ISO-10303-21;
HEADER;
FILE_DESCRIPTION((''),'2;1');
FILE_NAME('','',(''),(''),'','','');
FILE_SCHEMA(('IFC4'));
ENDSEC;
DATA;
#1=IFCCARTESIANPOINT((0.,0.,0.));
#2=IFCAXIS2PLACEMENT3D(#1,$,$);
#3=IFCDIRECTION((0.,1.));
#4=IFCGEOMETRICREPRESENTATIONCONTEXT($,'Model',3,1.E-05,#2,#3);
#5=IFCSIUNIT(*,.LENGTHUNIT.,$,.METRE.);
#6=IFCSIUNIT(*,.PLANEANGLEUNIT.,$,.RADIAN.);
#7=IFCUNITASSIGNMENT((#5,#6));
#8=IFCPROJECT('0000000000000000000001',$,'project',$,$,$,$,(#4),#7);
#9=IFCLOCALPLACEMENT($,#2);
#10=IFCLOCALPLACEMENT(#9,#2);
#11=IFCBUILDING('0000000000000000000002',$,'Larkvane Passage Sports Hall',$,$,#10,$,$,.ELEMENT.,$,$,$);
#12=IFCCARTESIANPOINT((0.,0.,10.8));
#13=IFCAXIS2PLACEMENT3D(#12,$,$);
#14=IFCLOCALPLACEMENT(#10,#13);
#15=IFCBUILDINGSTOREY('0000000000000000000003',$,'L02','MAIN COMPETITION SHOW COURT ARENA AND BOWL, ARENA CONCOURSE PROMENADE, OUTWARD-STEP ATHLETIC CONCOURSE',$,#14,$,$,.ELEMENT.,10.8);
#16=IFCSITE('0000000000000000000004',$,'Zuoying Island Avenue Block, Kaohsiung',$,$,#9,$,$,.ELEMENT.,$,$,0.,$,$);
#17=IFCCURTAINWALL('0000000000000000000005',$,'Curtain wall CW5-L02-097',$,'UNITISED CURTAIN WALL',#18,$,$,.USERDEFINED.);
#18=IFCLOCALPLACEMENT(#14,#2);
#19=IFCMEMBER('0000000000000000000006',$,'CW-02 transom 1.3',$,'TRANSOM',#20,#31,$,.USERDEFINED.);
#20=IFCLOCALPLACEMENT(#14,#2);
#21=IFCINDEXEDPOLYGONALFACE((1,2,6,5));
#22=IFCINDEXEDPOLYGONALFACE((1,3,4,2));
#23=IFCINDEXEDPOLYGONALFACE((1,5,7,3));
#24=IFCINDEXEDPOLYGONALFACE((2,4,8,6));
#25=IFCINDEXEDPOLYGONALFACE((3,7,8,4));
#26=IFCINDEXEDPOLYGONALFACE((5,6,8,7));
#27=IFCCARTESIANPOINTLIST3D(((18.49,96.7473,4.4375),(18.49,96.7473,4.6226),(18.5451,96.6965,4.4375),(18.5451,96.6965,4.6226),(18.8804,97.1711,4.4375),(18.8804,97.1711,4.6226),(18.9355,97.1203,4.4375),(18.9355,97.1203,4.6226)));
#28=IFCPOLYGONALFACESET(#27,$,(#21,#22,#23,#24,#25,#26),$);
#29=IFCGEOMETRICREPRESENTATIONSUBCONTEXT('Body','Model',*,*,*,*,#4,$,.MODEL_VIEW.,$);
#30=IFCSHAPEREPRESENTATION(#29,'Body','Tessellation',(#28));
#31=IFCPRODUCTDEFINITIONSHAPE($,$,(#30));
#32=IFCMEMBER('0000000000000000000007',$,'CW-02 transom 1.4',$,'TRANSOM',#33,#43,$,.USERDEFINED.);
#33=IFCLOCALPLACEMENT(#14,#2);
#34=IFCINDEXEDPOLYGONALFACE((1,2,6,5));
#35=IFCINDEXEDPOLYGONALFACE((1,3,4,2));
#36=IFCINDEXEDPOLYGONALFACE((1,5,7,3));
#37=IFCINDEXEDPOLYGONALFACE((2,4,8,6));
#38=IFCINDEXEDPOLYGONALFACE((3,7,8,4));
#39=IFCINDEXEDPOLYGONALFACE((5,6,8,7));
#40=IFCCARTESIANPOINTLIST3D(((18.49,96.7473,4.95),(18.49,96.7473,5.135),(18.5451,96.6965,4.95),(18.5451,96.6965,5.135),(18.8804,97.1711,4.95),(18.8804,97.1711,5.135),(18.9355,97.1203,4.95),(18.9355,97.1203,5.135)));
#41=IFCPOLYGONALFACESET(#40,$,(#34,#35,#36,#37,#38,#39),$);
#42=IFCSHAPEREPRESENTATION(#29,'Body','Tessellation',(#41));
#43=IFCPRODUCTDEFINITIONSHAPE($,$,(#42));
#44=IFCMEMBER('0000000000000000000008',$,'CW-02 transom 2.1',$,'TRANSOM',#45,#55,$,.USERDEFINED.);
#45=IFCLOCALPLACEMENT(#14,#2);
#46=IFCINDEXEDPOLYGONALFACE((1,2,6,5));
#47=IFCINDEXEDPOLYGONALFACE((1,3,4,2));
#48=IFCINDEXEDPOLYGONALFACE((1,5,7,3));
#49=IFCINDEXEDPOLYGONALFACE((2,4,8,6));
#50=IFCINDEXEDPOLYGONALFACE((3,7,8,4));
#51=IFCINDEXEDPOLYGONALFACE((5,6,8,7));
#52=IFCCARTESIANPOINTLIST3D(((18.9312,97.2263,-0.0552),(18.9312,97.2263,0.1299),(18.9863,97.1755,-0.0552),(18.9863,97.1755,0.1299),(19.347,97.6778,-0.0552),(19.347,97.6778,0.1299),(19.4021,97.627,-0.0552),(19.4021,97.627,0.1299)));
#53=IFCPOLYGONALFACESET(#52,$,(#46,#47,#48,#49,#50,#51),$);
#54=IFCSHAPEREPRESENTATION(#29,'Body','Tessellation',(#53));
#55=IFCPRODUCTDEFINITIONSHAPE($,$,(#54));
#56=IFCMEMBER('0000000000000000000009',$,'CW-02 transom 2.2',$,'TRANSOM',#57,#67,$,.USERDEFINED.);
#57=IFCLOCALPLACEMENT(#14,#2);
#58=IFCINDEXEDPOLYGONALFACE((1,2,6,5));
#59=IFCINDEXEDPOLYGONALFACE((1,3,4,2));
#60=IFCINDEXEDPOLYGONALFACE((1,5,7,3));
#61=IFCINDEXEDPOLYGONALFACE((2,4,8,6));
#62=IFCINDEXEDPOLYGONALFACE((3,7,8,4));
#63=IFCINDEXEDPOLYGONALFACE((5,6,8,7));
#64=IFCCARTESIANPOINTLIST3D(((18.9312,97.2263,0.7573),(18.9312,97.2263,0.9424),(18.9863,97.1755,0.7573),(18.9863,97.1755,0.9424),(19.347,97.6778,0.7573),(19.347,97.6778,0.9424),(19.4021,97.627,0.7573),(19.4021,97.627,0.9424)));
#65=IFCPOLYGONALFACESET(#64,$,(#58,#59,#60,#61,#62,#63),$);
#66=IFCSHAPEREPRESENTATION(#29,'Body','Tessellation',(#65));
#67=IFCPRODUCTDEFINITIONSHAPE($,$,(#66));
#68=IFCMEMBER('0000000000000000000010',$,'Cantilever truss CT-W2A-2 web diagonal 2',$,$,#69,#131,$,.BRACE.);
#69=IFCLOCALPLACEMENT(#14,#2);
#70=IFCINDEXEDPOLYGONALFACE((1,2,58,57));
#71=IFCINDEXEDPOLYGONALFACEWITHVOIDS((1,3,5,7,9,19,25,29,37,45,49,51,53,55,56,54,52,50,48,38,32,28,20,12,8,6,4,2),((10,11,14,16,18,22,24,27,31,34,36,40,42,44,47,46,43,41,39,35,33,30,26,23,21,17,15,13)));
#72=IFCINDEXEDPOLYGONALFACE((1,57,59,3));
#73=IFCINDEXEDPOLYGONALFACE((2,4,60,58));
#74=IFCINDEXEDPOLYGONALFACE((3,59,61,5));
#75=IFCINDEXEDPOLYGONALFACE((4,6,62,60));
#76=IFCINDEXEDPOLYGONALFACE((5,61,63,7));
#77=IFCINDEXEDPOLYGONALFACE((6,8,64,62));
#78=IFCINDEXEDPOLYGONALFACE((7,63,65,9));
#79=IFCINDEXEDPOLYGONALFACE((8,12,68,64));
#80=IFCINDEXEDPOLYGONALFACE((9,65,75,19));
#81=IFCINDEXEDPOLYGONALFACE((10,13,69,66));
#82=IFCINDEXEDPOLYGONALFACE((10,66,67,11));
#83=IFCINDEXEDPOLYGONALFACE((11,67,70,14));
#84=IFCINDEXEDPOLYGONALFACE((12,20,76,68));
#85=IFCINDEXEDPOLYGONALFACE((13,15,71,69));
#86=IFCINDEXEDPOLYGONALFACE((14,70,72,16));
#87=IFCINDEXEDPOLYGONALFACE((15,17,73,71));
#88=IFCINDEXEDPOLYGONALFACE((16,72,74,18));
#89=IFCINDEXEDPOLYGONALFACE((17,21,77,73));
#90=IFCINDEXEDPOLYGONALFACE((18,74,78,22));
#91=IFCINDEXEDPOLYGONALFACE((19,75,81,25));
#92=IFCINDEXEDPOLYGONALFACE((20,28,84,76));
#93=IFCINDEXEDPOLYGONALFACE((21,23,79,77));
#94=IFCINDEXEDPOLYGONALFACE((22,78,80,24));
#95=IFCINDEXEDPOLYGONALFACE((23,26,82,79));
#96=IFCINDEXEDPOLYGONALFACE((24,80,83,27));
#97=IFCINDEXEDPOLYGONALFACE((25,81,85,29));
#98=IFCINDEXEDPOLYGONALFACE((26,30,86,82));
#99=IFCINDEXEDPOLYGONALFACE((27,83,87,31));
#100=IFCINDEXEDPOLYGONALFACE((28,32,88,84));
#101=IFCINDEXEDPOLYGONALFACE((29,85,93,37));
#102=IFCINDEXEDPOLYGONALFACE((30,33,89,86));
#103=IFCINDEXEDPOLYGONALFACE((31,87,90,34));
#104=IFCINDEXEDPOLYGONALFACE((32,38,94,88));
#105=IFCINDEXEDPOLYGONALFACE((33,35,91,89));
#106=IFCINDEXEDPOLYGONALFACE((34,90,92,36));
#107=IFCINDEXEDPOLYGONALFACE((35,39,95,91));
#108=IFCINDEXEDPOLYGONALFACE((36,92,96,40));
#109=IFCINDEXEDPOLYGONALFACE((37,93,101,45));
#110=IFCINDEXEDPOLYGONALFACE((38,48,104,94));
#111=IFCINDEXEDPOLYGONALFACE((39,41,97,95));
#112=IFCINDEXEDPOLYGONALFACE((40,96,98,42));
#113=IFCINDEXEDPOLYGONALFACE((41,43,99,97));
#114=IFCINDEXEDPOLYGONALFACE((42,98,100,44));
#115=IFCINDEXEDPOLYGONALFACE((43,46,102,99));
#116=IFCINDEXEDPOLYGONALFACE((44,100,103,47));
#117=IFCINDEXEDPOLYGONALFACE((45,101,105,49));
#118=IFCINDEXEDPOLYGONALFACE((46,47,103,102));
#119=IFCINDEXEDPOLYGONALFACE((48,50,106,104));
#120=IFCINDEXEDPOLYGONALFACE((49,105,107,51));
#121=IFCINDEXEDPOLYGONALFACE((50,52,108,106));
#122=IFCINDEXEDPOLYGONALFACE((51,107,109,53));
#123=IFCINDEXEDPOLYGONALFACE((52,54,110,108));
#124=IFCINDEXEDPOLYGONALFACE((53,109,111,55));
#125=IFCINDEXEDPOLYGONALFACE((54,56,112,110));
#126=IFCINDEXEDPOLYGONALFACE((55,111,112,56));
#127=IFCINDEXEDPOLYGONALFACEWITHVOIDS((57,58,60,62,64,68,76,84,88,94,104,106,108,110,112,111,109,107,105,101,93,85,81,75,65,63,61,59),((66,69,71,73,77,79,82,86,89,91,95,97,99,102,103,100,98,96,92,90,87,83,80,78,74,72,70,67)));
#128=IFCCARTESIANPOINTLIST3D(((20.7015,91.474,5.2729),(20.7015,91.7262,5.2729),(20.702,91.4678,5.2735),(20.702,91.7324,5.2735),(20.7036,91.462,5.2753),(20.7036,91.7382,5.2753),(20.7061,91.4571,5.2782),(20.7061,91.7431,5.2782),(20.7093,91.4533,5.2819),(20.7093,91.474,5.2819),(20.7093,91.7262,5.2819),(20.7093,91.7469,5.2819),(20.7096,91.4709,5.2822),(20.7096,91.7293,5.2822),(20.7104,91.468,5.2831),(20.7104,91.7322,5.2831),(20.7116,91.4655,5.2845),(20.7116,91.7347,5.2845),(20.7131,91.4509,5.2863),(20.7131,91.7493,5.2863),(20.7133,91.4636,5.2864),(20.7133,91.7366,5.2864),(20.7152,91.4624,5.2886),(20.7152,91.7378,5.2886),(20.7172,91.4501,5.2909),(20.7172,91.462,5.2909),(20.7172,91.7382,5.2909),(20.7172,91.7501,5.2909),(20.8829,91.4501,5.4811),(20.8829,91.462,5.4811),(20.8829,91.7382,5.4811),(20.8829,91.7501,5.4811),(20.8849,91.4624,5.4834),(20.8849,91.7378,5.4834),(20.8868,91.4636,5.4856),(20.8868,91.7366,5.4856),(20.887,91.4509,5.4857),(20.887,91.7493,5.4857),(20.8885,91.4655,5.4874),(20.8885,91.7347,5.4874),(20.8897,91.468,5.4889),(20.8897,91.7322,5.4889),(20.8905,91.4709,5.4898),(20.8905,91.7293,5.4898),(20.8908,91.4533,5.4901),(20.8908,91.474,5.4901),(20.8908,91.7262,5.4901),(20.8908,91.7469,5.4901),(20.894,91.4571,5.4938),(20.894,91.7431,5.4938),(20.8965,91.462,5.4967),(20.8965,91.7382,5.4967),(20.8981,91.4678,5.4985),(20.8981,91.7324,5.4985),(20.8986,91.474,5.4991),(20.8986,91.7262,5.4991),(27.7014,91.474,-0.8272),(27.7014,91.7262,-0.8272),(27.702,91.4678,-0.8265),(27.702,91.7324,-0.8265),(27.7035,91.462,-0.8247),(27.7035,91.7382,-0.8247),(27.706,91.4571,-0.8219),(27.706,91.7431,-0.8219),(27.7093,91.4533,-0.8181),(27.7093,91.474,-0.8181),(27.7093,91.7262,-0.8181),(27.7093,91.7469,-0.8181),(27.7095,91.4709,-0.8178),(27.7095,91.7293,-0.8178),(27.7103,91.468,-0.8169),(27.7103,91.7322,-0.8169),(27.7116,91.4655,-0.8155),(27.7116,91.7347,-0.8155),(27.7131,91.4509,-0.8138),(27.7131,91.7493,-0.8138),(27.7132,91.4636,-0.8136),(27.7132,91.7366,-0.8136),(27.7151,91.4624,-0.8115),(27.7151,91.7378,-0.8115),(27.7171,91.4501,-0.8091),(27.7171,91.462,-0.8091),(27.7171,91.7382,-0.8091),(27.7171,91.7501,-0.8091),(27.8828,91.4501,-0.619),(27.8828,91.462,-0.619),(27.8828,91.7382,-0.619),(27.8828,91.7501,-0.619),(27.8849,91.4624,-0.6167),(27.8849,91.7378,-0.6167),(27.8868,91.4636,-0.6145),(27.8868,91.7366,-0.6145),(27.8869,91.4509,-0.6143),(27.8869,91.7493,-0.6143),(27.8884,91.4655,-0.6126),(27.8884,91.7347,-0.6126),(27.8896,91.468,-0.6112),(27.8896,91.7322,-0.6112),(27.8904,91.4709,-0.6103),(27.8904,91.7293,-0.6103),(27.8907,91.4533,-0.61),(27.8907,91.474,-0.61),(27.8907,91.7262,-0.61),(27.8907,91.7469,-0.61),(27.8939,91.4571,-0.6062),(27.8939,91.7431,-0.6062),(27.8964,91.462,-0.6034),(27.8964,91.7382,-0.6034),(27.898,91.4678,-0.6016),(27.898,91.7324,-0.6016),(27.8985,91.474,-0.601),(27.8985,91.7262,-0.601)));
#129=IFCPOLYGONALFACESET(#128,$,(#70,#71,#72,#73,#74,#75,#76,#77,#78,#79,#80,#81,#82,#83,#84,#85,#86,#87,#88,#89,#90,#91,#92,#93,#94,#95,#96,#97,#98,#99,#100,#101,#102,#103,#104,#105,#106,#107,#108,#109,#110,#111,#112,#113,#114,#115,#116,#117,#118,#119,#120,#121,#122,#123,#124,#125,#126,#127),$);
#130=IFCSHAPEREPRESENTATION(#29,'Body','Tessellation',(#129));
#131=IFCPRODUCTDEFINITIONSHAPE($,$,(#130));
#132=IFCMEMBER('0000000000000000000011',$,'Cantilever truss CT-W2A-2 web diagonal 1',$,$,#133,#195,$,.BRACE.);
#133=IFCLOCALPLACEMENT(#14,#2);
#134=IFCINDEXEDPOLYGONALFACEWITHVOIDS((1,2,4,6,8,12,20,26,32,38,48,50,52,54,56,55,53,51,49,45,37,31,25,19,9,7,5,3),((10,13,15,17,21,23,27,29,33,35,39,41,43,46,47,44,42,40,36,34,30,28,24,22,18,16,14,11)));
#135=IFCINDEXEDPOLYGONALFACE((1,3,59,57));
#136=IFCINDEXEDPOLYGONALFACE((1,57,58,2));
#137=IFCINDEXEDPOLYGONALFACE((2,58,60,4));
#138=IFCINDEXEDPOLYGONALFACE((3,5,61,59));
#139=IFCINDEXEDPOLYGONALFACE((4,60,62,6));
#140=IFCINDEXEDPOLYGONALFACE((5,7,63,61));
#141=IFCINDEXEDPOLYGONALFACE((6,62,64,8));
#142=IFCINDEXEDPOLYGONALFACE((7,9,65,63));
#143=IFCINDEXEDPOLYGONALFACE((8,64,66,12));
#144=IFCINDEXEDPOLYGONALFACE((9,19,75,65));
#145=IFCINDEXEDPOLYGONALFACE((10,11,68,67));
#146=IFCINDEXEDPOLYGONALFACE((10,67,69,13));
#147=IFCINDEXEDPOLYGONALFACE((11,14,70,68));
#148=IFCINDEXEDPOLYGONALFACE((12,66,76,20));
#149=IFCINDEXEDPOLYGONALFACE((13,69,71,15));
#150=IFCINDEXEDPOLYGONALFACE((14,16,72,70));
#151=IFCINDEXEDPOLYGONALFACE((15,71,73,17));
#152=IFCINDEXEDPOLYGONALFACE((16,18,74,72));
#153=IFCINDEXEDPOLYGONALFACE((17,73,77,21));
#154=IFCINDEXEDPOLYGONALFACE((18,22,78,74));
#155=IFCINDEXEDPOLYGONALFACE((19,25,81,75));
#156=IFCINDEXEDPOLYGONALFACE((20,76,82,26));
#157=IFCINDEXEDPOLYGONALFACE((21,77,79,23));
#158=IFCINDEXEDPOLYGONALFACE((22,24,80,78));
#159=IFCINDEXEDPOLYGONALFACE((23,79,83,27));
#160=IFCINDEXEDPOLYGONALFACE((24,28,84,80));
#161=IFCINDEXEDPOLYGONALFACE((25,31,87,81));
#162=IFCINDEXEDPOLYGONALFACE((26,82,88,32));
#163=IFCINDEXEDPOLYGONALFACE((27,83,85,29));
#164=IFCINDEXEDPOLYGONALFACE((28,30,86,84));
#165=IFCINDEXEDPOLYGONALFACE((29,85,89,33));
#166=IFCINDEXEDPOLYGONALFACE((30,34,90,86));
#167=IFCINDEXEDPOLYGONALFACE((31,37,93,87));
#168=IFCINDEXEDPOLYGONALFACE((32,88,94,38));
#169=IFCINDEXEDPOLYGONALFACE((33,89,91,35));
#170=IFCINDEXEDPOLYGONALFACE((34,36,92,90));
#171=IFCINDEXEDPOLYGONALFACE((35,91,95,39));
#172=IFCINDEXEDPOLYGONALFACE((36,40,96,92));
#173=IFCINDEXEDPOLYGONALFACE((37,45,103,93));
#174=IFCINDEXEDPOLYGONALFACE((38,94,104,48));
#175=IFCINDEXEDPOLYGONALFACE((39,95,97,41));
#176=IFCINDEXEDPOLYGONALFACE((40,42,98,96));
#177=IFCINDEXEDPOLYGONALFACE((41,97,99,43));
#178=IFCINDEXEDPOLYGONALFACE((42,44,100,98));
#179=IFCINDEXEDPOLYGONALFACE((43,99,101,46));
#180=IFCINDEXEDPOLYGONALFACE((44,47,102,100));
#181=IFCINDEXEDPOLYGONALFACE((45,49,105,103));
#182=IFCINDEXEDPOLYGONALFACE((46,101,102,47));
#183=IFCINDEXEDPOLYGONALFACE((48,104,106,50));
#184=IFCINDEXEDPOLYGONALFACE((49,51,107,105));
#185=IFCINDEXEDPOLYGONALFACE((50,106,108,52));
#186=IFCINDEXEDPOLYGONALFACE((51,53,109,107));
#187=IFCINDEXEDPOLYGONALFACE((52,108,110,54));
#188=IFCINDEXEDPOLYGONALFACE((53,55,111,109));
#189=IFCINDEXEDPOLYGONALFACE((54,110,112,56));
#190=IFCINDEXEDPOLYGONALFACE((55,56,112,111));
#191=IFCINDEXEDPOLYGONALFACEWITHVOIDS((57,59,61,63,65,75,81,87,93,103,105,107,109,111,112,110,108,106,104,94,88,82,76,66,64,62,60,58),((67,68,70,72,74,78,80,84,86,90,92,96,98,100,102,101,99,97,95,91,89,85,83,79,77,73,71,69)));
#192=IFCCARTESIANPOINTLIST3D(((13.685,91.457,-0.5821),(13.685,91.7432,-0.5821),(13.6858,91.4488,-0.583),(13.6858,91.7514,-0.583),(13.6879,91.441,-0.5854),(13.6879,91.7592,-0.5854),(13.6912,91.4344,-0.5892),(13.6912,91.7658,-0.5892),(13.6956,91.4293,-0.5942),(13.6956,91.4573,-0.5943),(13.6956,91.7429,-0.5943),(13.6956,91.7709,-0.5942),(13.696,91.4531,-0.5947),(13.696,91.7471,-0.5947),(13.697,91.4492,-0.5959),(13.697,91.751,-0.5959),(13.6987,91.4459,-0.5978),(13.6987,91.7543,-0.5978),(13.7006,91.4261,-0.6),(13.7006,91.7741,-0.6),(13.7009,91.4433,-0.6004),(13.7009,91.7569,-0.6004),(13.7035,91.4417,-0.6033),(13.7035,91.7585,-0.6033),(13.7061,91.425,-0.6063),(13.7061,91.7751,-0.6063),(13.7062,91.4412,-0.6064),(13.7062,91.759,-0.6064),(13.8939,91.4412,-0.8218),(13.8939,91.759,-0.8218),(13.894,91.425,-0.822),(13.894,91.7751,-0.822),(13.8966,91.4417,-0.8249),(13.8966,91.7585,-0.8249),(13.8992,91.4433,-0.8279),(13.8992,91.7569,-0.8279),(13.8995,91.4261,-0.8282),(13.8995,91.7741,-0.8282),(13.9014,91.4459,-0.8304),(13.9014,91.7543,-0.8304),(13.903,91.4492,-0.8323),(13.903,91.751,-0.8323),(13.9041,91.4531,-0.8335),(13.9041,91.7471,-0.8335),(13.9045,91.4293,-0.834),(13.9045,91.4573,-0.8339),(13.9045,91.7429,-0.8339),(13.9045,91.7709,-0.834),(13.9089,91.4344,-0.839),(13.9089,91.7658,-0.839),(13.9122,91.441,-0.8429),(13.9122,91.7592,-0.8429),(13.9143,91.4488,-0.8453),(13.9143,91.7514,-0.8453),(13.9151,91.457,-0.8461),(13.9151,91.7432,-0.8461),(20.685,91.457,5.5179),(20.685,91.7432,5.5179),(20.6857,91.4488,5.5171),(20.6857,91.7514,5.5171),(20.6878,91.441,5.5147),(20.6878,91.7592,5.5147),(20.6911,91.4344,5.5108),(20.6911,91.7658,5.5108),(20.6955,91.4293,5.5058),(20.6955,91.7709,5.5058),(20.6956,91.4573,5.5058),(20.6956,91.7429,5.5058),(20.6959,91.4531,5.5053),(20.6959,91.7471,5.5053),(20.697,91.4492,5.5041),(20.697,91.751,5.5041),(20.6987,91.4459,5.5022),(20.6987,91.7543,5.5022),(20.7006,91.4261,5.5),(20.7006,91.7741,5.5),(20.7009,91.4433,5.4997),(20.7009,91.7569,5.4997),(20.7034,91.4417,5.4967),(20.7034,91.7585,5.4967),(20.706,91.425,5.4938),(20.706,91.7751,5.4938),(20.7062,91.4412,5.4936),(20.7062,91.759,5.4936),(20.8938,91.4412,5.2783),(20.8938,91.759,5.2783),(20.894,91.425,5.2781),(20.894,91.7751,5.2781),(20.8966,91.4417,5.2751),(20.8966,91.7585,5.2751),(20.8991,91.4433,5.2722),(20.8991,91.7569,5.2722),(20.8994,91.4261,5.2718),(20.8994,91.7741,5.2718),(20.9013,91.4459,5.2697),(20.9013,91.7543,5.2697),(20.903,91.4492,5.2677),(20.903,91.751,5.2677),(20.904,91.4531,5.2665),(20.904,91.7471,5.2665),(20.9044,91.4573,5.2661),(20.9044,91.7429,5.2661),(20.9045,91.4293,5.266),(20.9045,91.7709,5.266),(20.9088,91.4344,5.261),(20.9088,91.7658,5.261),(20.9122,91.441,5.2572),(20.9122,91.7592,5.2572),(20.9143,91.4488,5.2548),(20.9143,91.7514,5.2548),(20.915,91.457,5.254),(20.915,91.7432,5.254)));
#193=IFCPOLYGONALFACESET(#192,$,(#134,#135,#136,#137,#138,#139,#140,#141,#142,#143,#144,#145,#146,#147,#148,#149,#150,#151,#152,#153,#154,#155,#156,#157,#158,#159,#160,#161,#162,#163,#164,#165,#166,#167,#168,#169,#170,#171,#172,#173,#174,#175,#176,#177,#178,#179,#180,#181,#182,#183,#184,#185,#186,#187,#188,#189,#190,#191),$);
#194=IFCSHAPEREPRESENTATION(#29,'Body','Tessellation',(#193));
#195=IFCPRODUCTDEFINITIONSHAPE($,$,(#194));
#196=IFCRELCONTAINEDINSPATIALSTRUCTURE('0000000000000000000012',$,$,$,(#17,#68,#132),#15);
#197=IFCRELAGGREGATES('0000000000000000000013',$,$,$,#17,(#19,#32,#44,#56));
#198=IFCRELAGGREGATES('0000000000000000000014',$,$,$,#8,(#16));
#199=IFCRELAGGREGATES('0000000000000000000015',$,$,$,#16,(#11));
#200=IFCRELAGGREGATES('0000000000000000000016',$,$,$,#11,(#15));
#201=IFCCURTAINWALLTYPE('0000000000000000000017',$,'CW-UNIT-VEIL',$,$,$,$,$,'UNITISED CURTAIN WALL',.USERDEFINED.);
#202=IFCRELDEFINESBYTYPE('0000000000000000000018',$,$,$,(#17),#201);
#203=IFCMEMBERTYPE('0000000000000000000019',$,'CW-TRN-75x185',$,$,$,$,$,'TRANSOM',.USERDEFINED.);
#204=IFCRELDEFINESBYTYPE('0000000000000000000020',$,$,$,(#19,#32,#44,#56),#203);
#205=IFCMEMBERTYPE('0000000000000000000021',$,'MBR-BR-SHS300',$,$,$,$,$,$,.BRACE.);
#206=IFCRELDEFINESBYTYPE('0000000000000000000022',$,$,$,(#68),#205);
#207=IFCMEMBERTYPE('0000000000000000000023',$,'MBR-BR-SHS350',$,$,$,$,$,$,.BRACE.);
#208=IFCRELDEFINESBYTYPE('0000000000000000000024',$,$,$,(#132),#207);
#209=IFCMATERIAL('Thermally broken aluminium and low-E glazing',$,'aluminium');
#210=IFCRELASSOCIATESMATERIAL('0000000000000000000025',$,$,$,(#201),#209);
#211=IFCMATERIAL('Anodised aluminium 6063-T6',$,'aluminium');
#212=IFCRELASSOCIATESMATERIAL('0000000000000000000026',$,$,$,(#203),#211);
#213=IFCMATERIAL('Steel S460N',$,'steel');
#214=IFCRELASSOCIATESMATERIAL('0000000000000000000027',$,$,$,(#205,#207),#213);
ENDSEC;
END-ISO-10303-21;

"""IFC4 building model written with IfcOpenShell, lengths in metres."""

from ifc_helpers import new_model, si_unit, direction, frame, origin, origin_2d, place, context, subcontext, project, spatial, rectangle, hollow_rectangle, extrude, material, material_profile, profile_set, type_object, element, aggregate, save


model = new_model("IFC4")

# Units and contexts
model_context = context("Model", 3, precision=1e-05, world=origin(), true_north=direction((0.0, 1.0)))
body_context = subcontext(model_context, "Body", "Model", "MODEL_VIEW")
ifc_project = project(units=[si_unit("LENGTHUNIT", "METRE"), si_unit("PLANEANGLEUNIT", "RADIAN")], contexts=[model_context])

# Site, building, storey
site_placement = place(None, origin())
site = spatial("IfcSite", under=ifc_project, at=site_placement, Name="Zuoying Island Avenue Block, Kaohsiung", CompositionType="ELEMENT", RefElevation=0.0)
building_placement = place(site_placement, origin())
building = spatial("IfcBuilding", under=site, at=building_placement, Name="Larkvane Passage Sports Hall", CompositionType="ELEMENT")
storey_placement = place(building_placement, frame((0.0, 0.0, 10.8)))
storey = spatial("IfcBuildingStorey", under=building, at=storey_placement, Name="L02", Description="MAIN COMPETITION SHOW COURT ARENA AND BOWL, ARENA CONCOURSE PROMENADE, OUTWARD-STEP ATHLETIC CONCOURSE", CompositionType="ELEMENT", Elevation=10.8)

# Shared definitions
ifc_material_1 = material(Name="Steel S460N", Category="steel")

# Curtain wall, members
ifc_material_2 = material(Name="Thermally broken aluminium and low-E glazing", Category="aluminium")
curtain_wall_type = type_object("IfcCurtainWallType", Name="CW-UNIT-VEIL", ElementType="UNITISED CURTAIN WALL", PredefinedType="USERDEFINED", material=ifc_material_2)
curtain_wall_placement = place(storey_placement, origin())
curtain_wall = element("IfcCurtainWall", 1, at=curtain_wall_placement, inside=storey, type_object=curtain_wall_type, Name="Curtain wall CW5-L02-097", ObjectType="UNITISED CURTAIN WALL", PredefinedType="USERDEFINED")
ifc_material_3 = material(Name="Anodised aluminium 6063-T6", Category="aluminium")
ifc_material_profile_1 = material_profile(ifc_material_3, rectangle(XDim=0.075, YDim=0.1851, at=origin_2d()), Name="ALU-TRN-75x185")
ifc_profile_set_1 = profile_set([ifc_material_profile_1], Name="Anodised aluminium 6063-T6")
member_type_1 = type_object("IfcMemberType", Name="CW-TRN-75x185", ElementType="TRANSOM", PredefinedType="USERDEFINED", material=ifc_profile_set_1)
member_1_placement = place(storey_placement, frame((18.5176, 96.7219, 4.53), z_axis=(0.677488, 0.735534, 0.0), x_axis=(-0.735534, 0.677488, 0.0)))
member_1 = element("IfcMember", 2, at=member_1_placement, type_object=member_type_1, Name="CW-02 transom 1.3", ObjectType="TRANSOM", PredefinedType="USERDEFINED", context=body_context, shape_type="SweptSolid", body=[
    extrude(rectangle(XDim=0.075, YDim=0.1851, at=origin_2d()), origin(), (0.0, 0.0, 1.0), 0.5762),
])
member_2_placement = place(storey_placement, frame((18.5176, 96.7219, 5.0425), z_axis=(0.677488, 0.735534, 0.0), x_axis=(-0.735534, 0.677488, 0.0)))
member_2 = element("IfcMember", 3, at=member_2_placement, type_object=member_type_1, Name="CW-02 transom 1.4", ObjectType="TRANSOM", PredefinedType="USERDEFINED", context=body_context, shape_type="SweptSolid", body=[
    extrude(rectangle(XDim=0.075, YDim=0.1851, at=origin_2d()), origin(), (0.0, 0.0, 1.0), 0.5762),
])
member_3_placement = place(storey_placement, frame((18.9587, 97.2009, 0.0374), z_axis=(0.67747, 0.73555, 0.0), x_axis=(-0.73555, 0.67747, 0.0)))
member_3 = element("IfcMember", 4, at=member_3_placement, type_object=member_type_1, Name="CW-02 transom 2.1", ObjectType="TRANSOM", PredefinedType="USERDEFINED", context=body_context, shape_type="SweptSolid", body=[
    extrude(rectangle(XDim=0.075, YDim=0.1851, at=origin_2d()), origin(), (0.0, 0.0, 1.0), 0.6138),
])
member_4_placement = place(storey_placement, frame((18.9587, 97.2009, 0.8499), z_axis=(0.67747, 0.73555, 0.0), x_axis=(-0.73555, 0.67747, 0.0)))
member_4 = element("IfcMember", 5, at=member_4_placement, type_object=member_type_1, Name="CW-02 transom 2.2", ObjectType="TRANSOM", PredefinedType="USERDEFINED", context=body_context, shape_type="SweptSolid", body=[
    extrude(rectangle(XDim=0.075, YDim=0.1851, at=origin_2d()), origin(), (0.0, 0.0, 1.0), 0.6138),
])

# Members
ifc_material_profile_2 = material_profile(ifc_material_1, hollow_rectangle(XDim=0.3, YDim=0.3, WallThickness=0.012, InnerFilletRadius=0.012, OuterFilletRadius=0.0239, at=origin_2d()), Name="SHS-300x300x12")
ifc_profile_set_2 = profile_set([ifc_material_profile_2], Name="Steel S460N")
member_type_2 = type_object("IfcMemberType", Name="MBR-BR-SHS300", PredefinedType="BRACE", material=ifc_profile_set_2)
member_5_placement = place(storey_placement, frame((20.8, 91.6001, 5.386), z_axis=(0.753904, 0.0, -0.656984), x_axis=(0.0, 1.0, 0.0)))
element("IfcMember", 6, at=member_5_placement, inside=storey, type_object=member_type_2, Name="Cantilever truss CT-W2A-2 web diagonal 2", PredefinedType="BRACE", context=body_context, shape_type="SweptSolid", body=[
    extrude(hollow_rectangle(XDim=0.3, YDim=0.3, WallThickness=0.012, InnerFilletRadius=0.012, OuterFilletRadius=0.0239, at=origin_2d()), origin(), (0.0, 0.0, 1.0), 9.2849),
])
ifc_material_profile_3 = material_profile(ifc_material_1, hollow_rectangle(XDim=0.3501, YDim=0.3501, WallThickness=0.0161, InnerFilletRadius=0.0161, OuterFilletRadius=0.032, at=origin_2d()), Name="SHS-350x350x16")
ifc_profile_set_3 = profile_set([ifc_material_profile_3], Name="Steel S460N")
member_type_3 = type_object("IfcMemberType", Name="MBR-BR-SHS350", PredefinedType="BRACE", material=ifc_profile_set_3)
member_6_placement = place(storey_placement, frame((13.8, 91.6001, -0.7141), z_axis=(0.753904, 0.0, 0.656984), x_axis=(0.0, 1.0, 0.0)))
element("IfcMember", 7, at=member_6_placement, inside=storey, type_object=member_type_3, Name="Cantilever truss CT-W2A-2 web diagonal 1", PredefinedType="BRACE", context=body_context, shape_type="SweptSolid", body=[
    extrude(hollow_rectangle(XDim=0.3501, YDim=0.3501, WallThickness=0.0161, InnerFilletRadius=0.0161, OuterFilletRadius=0.032, at=origin_2d()), origin(), (0.0, 0.0, 1.0), 9.2849),
])

aggregate(curtain_wall, [member_1, member_2, member_3, member_4])

save(model, "model.ifc")
